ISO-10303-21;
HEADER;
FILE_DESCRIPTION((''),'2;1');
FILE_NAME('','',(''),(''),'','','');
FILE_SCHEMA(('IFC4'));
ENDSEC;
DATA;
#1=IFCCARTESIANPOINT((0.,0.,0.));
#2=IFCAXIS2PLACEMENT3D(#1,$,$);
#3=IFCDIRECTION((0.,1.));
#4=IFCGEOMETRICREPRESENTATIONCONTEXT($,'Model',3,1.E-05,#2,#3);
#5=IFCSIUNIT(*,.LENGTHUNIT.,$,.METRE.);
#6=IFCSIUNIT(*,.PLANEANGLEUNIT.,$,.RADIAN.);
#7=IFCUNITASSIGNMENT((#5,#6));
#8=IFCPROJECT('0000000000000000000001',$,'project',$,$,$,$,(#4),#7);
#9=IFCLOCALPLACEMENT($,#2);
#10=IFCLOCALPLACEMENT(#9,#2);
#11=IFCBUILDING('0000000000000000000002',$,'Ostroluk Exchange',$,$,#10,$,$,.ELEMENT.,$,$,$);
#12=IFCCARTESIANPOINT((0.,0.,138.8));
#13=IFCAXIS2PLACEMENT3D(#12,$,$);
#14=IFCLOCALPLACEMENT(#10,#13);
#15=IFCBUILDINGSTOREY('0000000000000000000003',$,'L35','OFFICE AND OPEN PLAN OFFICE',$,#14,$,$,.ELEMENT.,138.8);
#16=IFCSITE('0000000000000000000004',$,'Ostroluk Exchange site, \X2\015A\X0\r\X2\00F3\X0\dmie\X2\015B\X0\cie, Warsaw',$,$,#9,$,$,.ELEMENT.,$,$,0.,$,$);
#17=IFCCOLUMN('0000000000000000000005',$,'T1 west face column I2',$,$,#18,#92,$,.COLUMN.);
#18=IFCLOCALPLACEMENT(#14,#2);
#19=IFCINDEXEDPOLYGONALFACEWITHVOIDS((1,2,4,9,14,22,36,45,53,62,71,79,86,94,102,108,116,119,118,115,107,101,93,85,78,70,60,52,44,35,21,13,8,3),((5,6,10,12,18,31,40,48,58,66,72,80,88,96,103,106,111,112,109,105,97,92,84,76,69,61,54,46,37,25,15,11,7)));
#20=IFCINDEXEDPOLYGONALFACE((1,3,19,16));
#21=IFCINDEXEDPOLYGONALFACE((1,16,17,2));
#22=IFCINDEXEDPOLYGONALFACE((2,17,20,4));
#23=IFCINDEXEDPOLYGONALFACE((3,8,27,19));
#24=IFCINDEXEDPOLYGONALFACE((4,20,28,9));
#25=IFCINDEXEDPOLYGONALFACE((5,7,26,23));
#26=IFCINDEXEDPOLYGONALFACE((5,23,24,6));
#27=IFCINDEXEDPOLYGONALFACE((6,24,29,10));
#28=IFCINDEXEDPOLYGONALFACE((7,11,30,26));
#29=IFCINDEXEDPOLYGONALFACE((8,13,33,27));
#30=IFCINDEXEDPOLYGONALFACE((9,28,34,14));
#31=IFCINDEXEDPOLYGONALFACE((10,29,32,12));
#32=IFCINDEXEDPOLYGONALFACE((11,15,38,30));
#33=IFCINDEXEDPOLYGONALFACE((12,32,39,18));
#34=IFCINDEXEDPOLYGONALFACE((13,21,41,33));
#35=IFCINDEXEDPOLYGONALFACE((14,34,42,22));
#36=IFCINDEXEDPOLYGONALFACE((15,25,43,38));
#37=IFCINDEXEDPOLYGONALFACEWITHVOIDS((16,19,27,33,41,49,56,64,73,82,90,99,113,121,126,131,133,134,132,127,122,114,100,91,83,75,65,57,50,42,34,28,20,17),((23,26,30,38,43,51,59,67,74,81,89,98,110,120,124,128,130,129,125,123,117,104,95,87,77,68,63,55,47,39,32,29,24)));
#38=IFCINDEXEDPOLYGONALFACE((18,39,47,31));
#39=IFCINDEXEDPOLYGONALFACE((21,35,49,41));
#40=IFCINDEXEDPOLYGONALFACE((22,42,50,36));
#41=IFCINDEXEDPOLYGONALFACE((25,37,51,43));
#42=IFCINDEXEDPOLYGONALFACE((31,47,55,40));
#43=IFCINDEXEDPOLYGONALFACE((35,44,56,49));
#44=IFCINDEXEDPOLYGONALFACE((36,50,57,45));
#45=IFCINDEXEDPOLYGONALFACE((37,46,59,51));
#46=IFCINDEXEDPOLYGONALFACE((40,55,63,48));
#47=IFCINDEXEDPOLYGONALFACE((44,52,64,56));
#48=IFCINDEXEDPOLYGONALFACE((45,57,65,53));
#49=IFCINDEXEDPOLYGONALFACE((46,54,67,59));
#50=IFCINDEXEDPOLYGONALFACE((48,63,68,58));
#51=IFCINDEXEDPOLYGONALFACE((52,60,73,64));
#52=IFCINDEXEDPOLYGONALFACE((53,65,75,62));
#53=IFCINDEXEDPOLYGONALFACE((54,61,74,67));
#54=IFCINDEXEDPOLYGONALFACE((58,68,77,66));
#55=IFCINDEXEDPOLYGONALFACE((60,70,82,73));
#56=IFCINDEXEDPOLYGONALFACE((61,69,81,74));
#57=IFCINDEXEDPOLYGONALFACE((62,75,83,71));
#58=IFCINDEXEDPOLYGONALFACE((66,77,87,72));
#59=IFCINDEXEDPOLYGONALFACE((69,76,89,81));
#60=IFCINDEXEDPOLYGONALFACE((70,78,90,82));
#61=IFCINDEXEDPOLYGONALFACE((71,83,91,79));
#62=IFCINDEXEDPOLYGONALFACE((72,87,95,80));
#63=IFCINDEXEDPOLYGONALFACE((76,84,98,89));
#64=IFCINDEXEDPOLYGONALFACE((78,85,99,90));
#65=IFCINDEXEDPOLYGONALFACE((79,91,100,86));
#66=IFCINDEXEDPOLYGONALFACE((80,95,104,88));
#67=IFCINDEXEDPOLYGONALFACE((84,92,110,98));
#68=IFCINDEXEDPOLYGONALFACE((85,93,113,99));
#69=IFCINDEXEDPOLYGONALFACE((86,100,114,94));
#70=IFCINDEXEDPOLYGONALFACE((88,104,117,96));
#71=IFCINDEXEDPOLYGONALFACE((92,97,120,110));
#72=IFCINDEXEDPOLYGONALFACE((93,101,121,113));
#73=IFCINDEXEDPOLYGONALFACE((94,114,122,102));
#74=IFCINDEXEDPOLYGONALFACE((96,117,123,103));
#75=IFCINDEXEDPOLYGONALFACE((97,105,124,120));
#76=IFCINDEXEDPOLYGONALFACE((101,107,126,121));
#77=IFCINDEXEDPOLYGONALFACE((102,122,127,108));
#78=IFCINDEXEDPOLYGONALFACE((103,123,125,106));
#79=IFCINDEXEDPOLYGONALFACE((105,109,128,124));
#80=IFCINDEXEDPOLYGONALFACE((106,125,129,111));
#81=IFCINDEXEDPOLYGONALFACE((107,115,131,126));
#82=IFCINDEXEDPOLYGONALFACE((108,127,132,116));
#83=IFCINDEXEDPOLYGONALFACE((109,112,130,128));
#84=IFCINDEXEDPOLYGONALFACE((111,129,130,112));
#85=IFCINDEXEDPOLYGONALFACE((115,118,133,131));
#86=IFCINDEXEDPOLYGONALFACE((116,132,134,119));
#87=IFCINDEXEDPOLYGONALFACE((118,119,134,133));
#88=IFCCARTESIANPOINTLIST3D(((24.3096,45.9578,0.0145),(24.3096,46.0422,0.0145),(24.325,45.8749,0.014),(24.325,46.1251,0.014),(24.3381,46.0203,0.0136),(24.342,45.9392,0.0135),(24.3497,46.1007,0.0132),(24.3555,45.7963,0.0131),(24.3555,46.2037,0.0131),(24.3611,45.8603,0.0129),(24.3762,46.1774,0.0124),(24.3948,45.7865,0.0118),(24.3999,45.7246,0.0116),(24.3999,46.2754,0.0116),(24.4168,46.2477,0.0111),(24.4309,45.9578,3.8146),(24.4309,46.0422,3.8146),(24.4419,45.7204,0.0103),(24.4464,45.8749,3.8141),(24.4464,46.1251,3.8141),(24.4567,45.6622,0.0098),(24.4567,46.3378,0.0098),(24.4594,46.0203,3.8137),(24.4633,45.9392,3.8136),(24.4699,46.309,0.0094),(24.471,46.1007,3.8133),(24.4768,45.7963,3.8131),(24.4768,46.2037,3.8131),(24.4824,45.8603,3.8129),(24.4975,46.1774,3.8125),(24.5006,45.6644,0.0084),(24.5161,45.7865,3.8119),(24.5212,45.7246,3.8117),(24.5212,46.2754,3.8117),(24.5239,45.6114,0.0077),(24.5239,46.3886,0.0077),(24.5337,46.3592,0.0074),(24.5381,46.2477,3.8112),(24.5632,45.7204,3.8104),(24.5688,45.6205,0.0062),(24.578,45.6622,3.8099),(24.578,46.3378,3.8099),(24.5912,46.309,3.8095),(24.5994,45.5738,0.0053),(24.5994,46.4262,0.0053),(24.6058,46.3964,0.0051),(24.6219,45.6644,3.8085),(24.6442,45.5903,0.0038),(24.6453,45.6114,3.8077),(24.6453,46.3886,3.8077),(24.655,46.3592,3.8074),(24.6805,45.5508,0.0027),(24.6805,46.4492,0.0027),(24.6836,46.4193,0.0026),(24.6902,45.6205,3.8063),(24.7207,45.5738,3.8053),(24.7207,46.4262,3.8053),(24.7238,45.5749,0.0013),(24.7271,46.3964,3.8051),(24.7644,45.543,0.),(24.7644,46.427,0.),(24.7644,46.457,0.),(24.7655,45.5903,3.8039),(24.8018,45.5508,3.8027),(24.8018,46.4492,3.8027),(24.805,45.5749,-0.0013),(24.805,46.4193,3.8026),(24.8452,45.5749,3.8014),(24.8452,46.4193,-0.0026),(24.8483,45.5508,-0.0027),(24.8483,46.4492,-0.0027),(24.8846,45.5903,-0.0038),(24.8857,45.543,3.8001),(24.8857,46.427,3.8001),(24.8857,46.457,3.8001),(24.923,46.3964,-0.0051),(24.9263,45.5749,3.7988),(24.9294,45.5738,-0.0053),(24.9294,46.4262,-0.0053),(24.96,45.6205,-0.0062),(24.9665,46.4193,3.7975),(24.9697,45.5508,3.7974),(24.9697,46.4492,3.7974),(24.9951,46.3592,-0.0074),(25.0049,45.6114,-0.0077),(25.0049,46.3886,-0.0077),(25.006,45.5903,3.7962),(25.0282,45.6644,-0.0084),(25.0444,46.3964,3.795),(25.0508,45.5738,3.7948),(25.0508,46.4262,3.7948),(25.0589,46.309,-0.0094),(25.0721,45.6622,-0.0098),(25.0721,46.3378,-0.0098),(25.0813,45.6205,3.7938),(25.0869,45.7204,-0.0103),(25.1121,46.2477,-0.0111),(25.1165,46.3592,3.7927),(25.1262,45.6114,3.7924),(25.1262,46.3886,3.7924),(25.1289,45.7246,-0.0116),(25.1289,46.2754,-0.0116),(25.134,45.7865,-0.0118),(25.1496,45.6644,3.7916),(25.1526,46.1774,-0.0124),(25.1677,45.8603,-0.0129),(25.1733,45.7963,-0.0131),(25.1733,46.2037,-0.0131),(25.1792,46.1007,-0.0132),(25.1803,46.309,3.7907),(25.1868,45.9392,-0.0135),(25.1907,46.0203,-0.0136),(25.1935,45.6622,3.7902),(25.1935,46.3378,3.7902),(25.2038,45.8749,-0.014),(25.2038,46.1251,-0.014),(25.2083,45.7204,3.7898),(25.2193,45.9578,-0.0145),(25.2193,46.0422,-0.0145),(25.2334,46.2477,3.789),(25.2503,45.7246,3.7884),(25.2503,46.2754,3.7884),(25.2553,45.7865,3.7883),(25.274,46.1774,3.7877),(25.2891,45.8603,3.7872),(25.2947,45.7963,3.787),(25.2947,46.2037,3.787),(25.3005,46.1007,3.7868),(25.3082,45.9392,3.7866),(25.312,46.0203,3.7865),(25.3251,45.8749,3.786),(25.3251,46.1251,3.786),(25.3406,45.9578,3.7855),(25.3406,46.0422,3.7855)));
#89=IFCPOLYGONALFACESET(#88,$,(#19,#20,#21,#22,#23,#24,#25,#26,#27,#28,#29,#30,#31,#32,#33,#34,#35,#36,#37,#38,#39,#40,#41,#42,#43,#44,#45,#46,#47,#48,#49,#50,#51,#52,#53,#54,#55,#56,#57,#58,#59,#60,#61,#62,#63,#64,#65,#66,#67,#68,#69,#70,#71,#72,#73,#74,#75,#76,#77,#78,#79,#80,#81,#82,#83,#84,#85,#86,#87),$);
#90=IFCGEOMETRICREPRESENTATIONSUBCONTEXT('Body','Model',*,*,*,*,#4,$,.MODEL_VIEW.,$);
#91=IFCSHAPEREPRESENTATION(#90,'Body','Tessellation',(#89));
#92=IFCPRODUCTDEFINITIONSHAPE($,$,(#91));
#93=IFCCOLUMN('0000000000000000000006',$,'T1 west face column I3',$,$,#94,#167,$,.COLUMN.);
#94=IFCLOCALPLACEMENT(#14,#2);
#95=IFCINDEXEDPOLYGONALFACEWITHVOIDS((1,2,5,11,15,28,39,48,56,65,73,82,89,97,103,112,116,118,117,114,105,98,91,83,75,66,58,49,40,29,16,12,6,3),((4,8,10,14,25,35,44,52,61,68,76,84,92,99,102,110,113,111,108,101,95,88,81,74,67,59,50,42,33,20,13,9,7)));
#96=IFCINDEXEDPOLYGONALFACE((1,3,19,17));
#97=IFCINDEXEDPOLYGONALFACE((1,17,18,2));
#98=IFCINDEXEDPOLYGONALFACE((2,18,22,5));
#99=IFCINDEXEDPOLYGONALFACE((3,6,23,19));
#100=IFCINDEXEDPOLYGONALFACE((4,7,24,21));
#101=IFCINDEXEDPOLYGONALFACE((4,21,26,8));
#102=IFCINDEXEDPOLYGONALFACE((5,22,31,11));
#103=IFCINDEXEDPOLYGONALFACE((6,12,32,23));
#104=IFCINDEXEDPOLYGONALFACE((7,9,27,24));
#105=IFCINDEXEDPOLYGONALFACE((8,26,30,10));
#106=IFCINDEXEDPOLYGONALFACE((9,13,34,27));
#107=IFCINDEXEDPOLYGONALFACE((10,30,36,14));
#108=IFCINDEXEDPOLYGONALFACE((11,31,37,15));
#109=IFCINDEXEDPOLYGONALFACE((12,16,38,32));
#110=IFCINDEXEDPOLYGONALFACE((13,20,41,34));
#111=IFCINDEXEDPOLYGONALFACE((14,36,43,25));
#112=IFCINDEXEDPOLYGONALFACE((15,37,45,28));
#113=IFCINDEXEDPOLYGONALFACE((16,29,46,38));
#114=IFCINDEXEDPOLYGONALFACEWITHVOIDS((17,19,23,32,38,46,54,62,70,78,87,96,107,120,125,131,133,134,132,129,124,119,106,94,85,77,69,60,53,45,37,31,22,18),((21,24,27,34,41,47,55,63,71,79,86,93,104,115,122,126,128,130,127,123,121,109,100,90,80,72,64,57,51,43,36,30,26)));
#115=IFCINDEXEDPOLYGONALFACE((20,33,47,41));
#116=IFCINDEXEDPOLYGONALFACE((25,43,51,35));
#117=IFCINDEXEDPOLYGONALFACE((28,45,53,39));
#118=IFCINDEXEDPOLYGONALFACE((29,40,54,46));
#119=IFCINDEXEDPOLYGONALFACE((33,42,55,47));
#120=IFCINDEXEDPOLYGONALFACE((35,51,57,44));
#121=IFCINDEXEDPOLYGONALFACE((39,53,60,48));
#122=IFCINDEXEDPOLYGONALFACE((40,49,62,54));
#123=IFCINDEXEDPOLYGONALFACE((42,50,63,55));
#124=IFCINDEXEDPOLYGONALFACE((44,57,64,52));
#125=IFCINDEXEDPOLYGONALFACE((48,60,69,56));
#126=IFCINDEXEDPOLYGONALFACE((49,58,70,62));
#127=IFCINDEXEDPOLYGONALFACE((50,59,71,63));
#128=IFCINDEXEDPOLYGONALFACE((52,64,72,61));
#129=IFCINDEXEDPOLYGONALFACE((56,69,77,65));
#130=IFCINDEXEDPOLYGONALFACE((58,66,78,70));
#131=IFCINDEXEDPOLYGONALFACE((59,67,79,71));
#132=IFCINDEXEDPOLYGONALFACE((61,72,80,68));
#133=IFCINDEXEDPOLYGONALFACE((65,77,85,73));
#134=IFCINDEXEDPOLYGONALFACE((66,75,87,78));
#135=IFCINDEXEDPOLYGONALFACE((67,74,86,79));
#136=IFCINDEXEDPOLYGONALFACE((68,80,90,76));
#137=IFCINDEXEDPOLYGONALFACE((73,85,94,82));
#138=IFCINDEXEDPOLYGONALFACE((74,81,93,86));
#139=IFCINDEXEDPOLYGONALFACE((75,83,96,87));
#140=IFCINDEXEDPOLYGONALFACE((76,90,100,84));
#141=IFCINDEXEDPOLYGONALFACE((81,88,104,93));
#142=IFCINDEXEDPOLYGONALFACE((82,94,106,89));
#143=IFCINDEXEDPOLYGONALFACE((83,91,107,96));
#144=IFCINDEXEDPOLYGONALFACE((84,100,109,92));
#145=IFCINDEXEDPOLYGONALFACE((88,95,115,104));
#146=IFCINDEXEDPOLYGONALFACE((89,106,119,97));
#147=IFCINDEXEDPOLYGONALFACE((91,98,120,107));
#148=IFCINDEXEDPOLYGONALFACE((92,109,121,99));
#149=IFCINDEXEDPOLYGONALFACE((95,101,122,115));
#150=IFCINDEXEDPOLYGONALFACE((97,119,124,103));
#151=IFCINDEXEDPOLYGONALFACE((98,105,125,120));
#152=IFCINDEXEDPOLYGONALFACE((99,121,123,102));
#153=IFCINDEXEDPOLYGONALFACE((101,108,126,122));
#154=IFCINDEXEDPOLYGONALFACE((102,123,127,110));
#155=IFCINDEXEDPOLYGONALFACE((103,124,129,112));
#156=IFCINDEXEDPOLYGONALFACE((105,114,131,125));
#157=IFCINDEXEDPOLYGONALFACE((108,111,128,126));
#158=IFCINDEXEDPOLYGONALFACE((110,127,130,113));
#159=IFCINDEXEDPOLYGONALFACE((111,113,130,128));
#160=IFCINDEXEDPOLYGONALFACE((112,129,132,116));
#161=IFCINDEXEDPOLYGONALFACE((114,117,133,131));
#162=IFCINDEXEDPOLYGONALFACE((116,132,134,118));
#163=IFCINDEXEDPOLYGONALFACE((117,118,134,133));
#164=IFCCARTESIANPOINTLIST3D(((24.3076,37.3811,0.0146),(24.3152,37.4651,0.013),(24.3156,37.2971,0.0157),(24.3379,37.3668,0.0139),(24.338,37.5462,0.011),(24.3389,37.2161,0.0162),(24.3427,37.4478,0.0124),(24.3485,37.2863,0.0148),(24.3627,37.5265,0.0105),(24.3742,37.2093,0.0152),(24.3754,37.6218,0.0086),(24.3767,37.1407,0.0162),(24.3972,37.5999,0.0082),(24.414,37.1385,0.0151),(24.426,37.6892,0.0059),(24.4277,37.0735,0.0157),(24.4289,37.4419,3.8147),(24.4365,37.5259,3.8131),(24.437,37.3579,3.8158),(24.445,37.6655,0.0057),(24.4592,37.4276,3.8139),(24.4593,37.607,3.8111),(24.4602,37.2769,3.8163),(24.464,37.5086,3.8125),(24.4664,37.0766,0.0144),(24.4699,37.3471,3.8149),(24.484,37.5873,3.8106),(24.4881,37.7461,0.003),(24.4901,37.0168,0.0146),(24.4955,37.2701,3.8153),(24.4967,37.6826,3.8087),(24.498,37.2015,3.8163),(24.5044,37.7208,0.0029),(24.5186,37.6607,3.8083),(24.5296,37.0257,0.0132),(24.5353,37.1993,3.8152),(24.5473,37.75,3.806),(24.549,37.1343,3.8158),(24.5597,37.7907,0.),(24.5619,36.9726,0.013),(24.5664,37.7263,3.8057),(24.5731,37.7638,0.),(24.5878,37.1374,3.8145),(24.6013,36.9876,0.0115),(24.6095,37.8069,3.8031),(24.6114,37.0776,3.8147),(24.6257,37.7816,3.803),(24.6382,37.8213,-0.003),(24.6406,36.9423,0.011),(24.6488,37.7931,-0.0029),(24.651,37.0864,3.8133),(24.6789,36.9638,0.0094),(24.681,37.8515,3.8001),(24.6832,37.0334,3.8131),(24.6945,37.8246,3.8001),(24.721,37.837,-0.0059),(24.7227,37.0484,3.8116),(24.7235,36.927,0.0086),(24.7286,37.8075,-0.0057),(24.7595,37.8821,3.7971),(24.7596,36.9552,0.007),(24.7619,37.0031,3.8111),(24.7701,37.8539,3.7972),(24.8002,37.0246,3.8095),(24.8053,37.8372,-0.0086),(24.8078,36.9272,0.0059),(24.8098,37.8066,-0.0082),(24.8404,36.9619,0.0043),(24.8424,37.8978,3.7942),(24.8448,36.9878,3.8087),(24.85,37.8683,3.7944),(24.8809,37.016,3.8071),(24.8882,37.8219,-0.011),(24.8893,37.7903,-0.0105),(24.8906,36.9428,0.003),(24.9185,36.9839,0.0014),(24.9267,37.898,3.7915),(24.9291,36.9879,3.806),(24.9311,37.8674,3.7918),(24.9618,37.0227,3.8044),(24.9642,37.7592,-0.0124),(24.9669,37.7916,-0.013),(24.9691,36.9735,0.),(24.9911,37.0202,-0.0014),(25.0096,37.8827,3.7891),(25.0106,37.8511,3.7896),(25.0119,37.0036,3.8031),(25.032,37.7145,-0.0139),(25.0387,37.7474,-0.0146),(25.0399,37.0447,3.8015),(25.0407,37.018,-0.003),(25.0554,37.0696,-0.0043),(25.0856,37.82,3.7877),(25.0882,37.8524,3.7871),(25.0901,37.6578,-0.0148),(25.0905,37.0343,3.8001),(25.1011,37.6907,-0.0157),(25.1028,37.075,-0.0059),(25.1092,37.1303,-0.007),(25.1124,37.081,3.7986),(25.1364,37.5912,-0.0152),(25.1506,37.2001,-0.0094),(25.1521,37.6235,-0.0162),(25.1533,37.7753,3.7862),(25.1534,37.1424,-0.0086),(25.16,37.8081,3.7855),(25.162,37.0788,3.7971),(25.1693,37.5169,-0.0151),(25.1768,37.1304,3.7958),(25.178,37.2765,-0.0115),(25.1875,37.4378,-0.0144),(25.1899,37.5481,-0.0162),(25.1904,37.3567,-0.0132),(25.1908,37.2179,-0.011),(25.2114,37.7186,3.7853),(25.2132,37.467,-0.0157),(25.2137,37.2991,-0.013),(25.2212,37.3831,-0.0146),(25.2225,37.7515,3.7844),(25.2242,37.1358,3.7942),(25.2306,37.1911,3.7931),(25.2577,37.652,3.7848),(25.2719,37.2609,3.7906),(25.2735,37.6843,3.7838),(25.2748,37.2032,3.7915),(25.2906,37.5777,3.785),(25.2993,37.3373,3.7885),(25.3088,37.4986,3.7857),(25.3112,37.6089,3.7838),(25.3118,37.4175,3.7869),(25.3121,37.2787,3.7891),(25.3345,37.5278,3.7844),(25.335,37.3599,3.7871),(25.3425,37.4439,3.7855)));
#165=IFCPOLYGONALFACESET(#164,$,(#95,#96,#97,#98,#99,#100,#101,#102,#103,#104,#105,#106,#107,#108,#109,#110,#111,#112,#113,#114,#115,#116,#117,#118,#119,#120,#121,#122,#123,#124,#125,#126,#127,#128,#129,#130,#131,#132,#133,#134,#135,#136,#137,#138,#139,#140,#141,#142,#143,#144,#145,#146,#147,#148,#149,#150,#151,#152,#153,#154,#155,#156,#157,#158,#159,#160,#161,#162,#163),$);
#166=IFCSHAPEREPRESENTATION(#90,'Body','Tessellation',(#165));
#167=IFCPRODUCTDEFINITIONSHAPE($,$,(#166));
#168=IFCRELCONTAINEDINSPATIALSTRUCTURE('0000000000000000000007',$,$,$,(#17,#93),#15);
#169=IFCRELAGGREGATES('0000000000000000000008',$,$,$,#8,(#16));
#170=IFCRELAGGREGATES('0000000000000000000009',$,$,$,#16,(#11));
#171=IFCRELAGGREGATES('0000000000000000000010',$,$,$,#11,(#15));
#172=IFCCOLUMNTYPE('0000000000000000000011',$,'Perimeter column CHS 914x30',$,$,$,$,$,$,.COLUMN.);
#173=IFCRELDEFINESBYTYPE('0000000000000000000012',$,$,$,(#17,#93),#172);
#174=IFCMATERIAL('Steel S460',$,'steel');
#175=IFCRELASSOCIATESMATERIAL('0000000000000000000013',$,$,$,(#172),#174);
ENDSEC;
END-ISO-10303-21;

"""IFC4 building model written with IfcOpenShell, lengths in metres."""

from ifc_helpers import new_model, si_unit, direction, frame, origin, origin_2d, place, context, subcontext, project, spatial, hollow_circle, extrude, material, material_profile, profile_set, type_object, element, save


model = new_model("IFC4")

# Units and contexts
model_context = context("Model", 3, precision=1e-05, world=origin(), true_north=direction((0.0, 1.0)))
body_context = subcontext(model_context, "Body", "Model", "MODEL_VIEW")
ifc_project = project(units=[si_unit("LENGTHUNIT", "METRE"), si_unit("PLANEANGLEUNIT", "RADIAN")], contexts=[model_context])

# Site, building, storey
site_placement = place(None, origin())
site = spatial("IfcSite", under=ifc_project, at=site_placement, Name="Ostroluk Exchange site, Śródmieście, Warsaw", CompositionType="ELEMENT", RefElevation=0.0)
building_placement = place(site_placement, origin())
building = spatial("IfcBuilding", under=site, at=building_placement, Name="Ostroluk Exchange", CompositionType="ELEMENT")
storey_placement = place(building_placement, frame((0.0, 0.0, 138.8)))
storey = spatial("IfcBuildingStorey", under=building, at=storey_placement, Name="L35", Description="OFFICE AND OPEN PLAN OFFICE", CompositionType="ELEMENT", Elevation=138.8)

# Columns
ifc_material_1 = material(Name="Steel S460", Category="steel")
ifc_material_profile_1 = material_profile(ifc_material_1, hollow_circle(Radius=0.457, WallThickness=0.03, at=origin_2d()), Name="CHS 914x30")
ifc_profile_set_1 = profile_set([ifc_material_profile_1], Name="Steel S460")
column_type = type_object("IfcColumnType", Name="Perimeter column CHS 914x30", PredefinedType="COLUMN", material=ifc_profile_set_1)
column_1_placement = place(storey_placement, frame((24.7644, 46.0, 0.0), z_axis=(0.031914, 0.0, 0.999491), x_axis=(0.0, 1.0, 0.0)))
element("IfcColumn", 1, at=column_1_placement, inside=storey, type_object=column_type, Name="T1 west face column I2", PredefinedType="COLUMN", context=body_context, shape_type="SweptSolid", body=[
    extrude(hollow_circle(Radius=0.457, WallThickness=0.03, at=origin_2d()), origin(), (0.0, 0.0, 1.0), 3.802),
])
column_2_placement = place(storey_placement, frame((24.7644, 37.3821, 0.0), z_axis=(0.03191, 0.015987, 0.999363), x_axis=(-0.447933, 0.894067, 0.0)))
element("IfcColumn", 2, at=column_2_placement, inside=storey, type_object=column_type, Name="T1 west face column I3", PredefinedType="COLUMN", context=body_context, shape_type="SweptSolid", body=[
    extrude(hollow_circle(Radius=0.457, WallThickness=0.03, at=origin_2d()), origin(), (0.0, 0.0, 1.0), 3.8025),
])

save(model, "model.ifc")
